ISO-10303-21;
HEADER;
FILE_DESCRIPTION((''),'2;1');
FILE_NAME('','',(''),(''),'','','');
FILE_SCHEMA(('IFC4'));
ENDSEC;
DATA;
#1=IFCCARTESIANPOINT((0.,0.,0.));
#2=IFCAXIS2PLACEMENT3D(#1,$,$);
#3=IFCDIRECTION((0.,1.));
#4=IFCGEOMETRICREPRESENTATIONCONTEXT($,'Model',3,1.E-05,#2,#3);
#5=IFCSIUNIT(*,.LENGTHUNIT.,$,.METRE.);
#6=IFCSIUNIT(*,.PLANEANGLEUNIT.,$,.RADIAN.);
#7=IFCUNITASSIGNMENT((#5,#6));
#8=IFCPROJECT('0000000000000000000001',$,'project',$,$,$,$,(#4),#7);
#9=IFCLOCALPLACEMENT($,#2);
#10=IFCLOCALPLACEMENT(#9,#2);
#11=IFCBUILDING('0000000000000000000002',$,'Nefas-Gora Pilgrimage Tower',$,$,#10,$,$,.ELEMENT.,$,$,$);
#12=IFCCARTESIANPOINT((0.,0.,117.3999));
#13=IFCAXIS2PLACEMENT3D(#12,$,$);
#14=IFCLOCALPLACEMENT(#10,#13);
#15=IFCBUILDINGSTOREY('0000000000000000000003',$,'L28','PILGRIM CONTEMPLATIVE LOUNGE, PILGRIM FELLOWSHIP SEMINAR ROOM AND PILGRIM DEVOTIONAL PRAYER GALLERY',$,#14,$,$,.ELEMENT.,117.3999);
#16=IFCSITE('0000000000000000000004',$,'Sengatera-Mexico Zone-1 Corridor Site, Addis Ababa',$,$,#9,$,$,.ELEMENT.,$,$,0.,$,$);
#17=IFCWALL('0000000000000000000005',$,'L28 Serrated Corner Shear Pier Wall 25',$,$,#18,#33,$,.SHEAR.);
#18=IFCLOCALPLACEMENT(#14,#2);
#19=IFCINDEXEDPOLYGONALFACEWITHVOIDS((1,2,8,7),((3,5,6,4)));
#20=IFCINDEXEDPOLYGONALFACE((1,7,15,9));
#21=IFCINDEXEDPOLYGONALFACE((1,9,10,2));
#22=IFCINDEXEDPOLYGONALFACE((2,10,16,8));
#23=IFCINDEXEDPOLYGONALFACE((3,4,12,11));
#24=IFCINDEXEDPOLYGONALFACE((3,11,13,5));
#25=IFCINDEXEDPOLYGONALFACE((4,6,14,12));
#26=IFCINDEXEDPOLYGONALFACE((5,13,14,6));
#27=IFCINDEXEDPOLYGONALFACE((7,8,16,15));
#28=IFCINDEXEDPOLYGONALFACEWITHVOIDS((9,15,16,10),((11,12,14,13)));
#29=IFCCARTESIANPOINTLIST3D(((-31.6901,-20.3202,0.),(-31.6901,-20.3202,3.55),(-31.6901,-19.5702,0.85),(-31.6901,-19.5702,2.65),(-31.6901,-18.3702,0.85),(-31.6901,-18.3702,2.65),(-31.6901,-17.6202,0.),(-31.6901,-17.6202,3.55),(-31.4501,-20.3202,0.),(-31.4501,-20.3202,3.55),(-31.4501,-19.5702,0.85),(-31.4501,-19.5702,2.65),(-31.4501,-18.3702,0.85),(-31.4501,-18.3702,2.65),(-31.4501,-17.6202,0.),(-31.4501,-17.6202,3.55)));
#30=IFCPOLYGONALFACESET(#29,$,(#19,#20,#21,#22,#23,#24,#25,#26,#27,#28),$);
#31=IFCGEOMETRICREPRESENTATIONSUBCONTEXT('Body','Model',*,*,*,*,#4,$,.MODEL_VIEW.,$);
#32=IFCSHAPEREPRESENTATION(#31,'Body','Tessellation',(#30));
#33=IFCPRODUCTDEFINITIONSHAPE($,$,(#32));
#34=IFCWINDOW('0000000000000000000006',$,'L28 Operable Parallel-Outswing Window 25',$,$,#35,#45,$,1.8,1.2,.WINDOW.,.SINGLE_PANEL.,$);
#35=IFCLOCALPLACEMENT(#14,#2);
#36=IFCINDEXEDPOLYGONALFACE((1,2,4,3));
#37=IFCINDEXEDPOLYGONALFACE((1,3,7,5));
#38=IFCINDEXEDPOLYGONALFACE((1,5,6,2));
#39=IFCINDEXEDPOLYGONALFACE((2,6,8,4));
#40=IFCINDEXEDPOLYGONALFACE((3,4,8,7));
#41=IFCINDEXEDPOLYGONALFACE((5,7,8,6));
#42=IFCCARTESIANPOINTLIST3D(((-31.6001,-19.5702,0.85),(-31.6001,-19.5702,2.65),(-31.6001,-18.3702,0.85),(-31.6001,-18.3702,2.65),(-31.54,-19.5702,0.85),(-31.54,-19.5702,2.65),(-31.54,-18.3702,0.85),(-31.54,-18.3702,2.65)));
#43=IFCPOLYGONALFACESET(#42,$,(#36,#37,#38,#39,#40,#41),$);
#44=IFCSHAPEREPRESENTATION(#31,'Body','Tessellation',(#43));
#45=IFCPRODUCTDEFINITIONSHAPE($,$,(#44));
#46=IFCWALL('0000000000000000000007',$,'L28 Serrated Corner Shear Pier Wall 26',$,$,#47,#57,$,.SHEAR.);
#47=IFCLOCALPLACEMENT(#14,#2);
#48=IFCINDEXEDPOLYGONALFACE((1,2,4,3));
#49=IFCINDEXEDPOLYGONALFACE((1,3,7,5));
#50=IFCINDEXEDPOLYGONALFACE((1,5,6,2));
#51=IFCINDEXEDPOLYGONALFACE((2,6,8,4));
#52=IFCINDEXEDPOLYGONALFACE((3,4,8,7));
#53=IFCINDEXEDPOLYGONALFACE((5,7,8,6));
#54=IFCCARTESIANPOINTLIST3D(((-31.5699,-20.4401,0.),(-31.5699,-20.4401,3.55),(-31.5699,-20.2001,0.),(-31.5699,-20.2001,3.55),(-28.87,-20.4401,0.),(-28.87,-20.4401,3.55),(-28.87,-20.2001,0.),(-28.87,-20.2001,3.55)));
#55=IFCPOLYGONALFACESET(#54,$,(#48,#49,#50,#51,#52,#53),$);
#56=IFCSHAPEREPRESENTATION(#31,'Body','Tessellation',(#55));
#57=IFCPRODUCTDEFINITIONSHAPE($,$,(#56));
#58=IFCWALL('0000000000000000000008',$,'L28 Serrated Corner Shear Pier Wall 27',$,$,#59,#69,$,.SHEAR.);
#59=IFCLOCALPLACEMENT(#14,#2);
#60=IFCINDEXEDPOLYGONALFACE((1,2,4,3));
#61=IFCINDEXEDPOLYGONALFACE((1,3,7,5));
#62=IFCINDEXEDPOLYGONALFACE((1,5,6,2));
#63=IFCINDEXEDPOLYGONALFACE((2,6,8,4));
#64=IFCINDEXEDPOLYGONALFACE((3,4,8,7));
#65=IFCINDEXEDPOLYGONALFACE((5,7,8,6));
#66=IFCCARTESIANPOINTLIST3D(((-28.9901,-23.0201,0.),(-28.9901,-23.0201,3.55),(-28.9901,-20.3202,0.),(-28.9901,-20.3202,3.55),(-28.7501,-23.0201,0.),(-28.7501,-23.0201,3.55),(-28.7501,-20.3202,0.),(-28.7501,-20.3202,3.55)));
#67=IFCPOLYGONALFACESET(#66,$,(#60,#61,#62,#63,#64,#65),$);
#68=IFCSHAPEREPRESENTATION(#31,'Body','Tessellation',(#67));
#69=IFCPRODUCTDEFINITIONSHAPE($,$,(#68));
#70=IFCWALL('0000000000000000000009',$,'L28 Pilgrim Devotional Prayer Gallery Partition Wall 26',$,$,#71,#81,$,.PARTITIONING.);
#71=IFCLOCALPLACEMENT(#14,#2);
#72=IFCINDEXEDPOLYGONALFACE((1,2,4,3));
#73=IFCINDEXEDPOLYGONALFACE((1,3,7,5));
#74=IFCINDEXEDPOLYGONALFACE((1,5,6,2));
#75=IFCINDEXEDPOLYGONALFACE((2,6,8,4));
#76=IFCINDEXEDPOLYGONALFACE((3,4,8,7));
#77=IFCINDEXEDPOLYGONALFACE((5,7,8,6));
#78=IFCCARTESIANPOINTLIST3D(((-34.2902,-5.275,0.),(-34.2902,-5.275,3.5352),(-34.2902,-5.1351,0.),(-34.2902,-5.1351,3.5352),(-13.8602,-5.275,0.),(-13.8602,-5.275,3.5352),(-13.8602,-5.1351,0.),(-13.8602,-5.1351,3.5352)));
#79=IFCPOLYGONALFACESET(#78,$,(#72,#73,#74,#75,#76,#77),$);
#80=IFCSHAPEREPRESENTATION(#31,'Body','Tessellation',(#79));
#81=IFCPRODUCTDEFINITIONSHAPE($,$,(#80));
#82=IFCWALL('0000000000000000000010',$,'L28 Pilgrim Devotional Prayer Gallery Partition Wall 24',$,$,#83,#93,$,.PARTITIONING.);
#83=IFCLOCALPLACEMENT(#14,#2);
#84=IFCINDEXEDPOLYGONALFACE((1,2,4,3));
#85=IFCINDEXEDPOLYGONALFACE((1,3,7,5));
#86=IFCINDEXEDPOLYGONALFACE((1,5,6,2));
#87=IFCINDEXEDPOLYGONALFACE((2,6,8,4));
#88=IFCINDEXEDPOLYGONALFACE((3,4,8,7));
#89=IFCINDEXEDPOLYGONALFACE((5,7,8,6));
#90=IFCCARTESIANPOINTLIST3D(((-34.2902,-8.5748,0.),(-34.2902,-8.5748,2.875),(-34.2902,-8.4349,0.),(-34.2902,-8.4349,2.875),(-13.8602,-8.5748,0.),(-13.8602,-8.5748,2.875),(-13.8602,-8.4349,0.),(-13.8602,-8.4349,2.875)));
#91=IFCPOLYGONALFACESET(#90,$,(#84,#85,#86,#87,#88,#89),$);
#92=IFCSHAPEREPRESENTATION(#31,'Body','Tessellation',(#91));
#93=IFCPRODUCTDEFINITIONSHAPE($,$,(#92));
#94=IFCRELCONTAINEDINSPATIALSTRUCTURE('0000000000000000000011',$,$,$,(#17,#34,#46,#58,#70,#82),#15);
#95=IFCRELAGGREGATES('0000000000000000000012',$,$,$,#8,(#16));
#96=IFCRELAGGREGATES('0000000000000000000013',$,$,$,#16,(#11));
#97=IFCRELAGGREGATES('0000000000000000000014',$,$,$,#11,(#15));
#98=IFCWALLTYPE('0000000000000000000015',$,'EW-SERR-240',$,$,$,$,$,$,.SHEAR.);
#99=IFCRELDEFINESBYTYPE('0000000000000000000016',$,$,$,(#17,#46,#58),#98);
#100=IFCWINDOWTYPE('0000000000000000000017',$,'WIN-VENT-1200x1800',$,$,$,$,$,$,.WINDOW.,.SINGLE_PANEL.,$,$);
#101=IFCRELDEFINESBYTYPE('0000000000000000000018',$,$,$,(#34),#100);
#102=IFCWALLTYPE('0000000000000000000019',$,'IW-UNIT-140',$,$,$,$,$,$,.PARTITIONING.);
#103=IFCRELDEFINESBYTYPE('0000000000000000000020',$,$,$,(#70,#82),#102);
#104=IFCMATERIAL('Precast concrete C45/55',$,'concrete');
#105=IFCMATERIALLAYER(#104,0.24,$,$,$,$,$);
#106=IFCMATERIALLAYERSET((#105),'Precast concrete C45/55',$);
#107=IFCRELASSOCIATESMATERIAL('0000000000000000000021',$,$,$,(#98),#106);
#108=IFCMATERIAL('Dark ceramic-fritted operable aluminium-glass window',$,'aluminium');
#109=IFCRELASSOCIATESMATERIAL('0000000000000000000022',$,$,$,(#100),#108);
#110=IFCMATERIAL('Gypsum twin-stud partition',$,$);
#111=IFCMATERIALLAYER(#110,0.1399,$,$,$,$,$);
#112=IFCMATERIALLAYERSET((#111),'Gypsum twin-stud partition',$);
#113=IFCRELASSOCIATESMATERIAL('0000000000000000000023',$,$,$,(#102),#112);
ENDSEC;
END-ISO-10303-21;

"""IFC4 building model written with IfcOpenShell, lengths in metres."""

from ifc_helpers import new_model, si_unit, direction, frame, frame_2d, origin, place, context, subcontext, project, spatial, rectangle, extrude, source, transform, mapped, material, layer, layer_set, type_object, element, fill, save


model = new_model("IFC4")

# Units and contexts
model_context = context("Model", 3, precision=1e-05, world=origin(), true_north=direction((0.0, 1.0)))
body_context = subcontext(model_context, "Body", "Model", "MODEL_VIEW")
ifc_project = project(units=[si_unit("LENGTHUNIT", "METRE"), si_unit("PLANEANGLEUNIT", "RADIAN")], contexts=[model_context])

# Site, building, storey
site_placement = place(None, origin())
site = spatial("IfcSite", under=ifc_project, at=site_placement, Name="Sengatera-Mexico Zone-1 Corridor Site, Addis Ababa", CompositionType="ELEMENT", RefElevation=0.0)
building_placement = place(site_placement, origin())
building = spatial("IfcBuilding", under=site, at=building_placement, Name="Nefas-Gora Pilgrimage Tower", CompositionType="ELEMENT")
storey_placement = place(building_placement, frame((0.0, 0.0, 117.3999)))
storey = spatial("IfcBuildingStorey", under=building, at=storey_placement, Name="L28", Description="PILGRIM CONTEMPLATIVE LOUNGE, PILGRIM FELLOWSHIP SEMINAR ROOM AND PILGRIM DEVOTIONAL PRAYER GALLERY", CompositionType="ELEMENT", Elevation=117.3999)

# Shared definitions
ifc_material_1 = material(Name="Precast concrete C45/55", Category="concrete")
ifc_layer_1 = layer(ifc_material_1, 0.24)
ifc_layer_set_1 = layer_set([ifc_layer_1], Name="Precast concrete C45/55")
wall_type_1 = type_object("IfcWallType", Name="EW-SERR-240", PredefinedType="SHEAR", material=ifc_layer_set_1)
shared_shape_1 = source(origin(), body_context, "Body", "SweptSolid", [
    extrude(rectangle(XDim=2.7, YDim=0.24, at=frame_2d((1.3501, 0.0))), origin(), (0.0, 0.0, 1.0), 3.55),
])

# Wall, opening, window
wall_1_placement = place(storey_placement, frame((-31.5701, -17.6201, 0.0), z_axis=(0.0, 0.0, 1.0), x_axis=(0.0, -1.0, 0.0)))
wall_1 = element("IfcWall", 1, at=wall_1_placement, inside=storey, type_object=wall_type_1, Name="L28 Serrated Corner Shear Pier Wall 25", PredefinedType="SHEAR", context=body_context, shape_type="MappedRepresentation", body=[
    mapped(shared_shape_1, transform((0.0, 0.0, 0.0), x_axis=(1.0, 0.0, 0.0), y_axis=(0.0, 1.0, 0.0), z_axis=(0.0, 0.0, 1.0), scale=1.0)),
])
opening_placement = place(wall_1_placement, frame((0.75, 0.0, 0.8501)))
opening = element("IfcOpeningElement", 2, at=opening_placement, cuts=wall_1, PredefinedType="OPENING", context=body_context, shape_type="SweptSolid", body=[
    extrude(rectangle(XDim=1.2, YDim=1.8, at=frame_2d((0.6001, 0.8999))), frame((0.0, 0.1299, 0.0), z_axis=(0.0, -1.0, 0.0), x_axis=(1.0, 0.0, 0.0)), (0.0, 0.0, 1.0), 0.26),
])
ifc_material_2 = material(Name="Dark ceramic-fritted operable aluminium-glass window", Category="aluminium")
window_type = type_object("IfcWindowType", Name="WIN-VENT-1200x1800", PartitioningType="SINGLE_PANEL", PredefinedType="WINDOW", material=ifc_material_2)
shared_shape_2 = source(origin(), body_context, "Body", "SweptSolid", [
    extrude(rectangle(XDim=1.2, YDim=1.8, at=frame_2d((0.6001, 0.8999))), frame((0.0, 0.03, 0.0), z_axis=(0.0, -1.0, 0.0), x_axis=(1.0, 0.0, 0.0)), (0.0, 0.0, 1.0), 0.0601),
])
window_placement = place(opening_placement, origin())
window = element("IfcWindow", 3, at=window_placement, inside=storey, type_object=window_type, Name="L28 Operable Parallel-Outswing Window 25", OverallHeight=1.8, OverallWidth=1.2, PartitioningType="SINGLE_PANEL", PredefinedType="WINDOW", context=body_context, shape_type="MappedRepresentation", body=[
    mapped(shared_shape_2, transform((0.0, 0.0, 0.0), x_axis=(1.0, 0.0, 0.0), y_axis=(0.0, 1.0, 0.0), z_axis=(0.0, 0.0, 1.0), scale=1.0)),
])
fill(opening, window)

# Walls
for number, where, z_axis, x_axis, name in (
    (4, (-31.5701, -20.3201, 0.0), (0.0, 0.0, 1.0), (1.0, 0.0, 0.0), "L28 Serrated Corner Shear Pier Wall 26"),
    (5, (-28.8701, -20.3201, 0.0), (0.0, 0.0, 1.0), (0.0, -1.0, 0.0), "L28 Serrated Corner Shear Pier Wall 27"),
):
    element("IfcWall", number, at=place(storey_placement, frame(where, z_axis=z_axis, x_axis=x_axis)), inside=storey, type_object=wall_type_1, Name=name, PredefinedType="SHEAR", context=body_context, shape_type="MappedRepresentation", body=[
        mapped(shared_shape_1, transform((0.0, 0.0, 0.0), x_axis=(1.0, 0.0, 0.0), y_axis=(0.0, 1.0, 0.0), z_axis=(0.0, 0.0, 1.0), scale=1.0)),
    ])
ifc_material_3 = material(Name="Gypsum twin-stud partition")
ifc_layer_2 = layer(ifc_material_3, 0.1399)
ifc_layer_set_2 = layer_set([ifc_layer_2], Name="Gypsum twin-stud partition")
wall_type_2 = type_object("IfcWallType", Name="IW-UNIT-140", PredefinedType="PARTITIONING", material=ifc_layer_set_2)
shared_shape_3 = source(origin(), body_context, "Body", "SweptSolid", [
    extrude(rectangle(XDim=20.4299, YDim=0.1399, at=frame_2d((10.2148, 0.0))), origin(), (0.0, 0.0, 1.0), 3.5352),
])
wall_2_placement = place(storey_placement, frame((-34.29, -5.2051, 0.0), z_axis=(0.0, 0.0, 1.0), x_axis=(1.0, 0.0, 0.0)))
element("IfcWall", 6, at=wall_2_placement, inside=storey, type_object=wall_type_2, Name="L28 Pilgrim Devotional Prayer Gallery Partition Wall 26", PredefinedType="PARTITIONING", context=body_context, shape_type="MappedRepresentation", body=[
    mapped(shared_shape_3, transform((0.0, 0.0, 0.0), x_axis=(1.0, 0.0, 0.0), y_axis=(0.0, 1.0, 0.0), z_axis=(0.0, 0.0, 1.0), scale=1.0)),
])
shared_shape_4 = source(origin(), body_context, "Body", "SweptSolid", [
    extrude(rectangle(XDim=20.4299, YDim=0.1399, at=frame_2d((10.2148, 0.0))), origin(), (0.0, 0.0, 1.0), 2.875),
])
wall_3_placement = place(storey_placement, frame((-34.29, -8.5049, 0.0), z_axis=(0.0, 0.0, 1.0), x_axis=(1.0, 0.0, 0.0)))
element("IfcWall", 7, at=wall_3_placement, inside=storey, type_object=wall_type_2, Name="L28 Pilgrim Devotional Prayer Gallery Partition Wall 24", PredefinedType="PARTITIONING", context=body_context, shape_type="MappedRepresentation", body=[
    mapped(shared_shape_4, transform((0.0, 0.0, 0.0), x_axis=(1.0, 0.0, 0.0), y_axis=(0.0, 1.0, 0.0), z_axis=(0.0, 0.0, 1.0), scale=1.0)),
])

save(model, "model.ifc")
